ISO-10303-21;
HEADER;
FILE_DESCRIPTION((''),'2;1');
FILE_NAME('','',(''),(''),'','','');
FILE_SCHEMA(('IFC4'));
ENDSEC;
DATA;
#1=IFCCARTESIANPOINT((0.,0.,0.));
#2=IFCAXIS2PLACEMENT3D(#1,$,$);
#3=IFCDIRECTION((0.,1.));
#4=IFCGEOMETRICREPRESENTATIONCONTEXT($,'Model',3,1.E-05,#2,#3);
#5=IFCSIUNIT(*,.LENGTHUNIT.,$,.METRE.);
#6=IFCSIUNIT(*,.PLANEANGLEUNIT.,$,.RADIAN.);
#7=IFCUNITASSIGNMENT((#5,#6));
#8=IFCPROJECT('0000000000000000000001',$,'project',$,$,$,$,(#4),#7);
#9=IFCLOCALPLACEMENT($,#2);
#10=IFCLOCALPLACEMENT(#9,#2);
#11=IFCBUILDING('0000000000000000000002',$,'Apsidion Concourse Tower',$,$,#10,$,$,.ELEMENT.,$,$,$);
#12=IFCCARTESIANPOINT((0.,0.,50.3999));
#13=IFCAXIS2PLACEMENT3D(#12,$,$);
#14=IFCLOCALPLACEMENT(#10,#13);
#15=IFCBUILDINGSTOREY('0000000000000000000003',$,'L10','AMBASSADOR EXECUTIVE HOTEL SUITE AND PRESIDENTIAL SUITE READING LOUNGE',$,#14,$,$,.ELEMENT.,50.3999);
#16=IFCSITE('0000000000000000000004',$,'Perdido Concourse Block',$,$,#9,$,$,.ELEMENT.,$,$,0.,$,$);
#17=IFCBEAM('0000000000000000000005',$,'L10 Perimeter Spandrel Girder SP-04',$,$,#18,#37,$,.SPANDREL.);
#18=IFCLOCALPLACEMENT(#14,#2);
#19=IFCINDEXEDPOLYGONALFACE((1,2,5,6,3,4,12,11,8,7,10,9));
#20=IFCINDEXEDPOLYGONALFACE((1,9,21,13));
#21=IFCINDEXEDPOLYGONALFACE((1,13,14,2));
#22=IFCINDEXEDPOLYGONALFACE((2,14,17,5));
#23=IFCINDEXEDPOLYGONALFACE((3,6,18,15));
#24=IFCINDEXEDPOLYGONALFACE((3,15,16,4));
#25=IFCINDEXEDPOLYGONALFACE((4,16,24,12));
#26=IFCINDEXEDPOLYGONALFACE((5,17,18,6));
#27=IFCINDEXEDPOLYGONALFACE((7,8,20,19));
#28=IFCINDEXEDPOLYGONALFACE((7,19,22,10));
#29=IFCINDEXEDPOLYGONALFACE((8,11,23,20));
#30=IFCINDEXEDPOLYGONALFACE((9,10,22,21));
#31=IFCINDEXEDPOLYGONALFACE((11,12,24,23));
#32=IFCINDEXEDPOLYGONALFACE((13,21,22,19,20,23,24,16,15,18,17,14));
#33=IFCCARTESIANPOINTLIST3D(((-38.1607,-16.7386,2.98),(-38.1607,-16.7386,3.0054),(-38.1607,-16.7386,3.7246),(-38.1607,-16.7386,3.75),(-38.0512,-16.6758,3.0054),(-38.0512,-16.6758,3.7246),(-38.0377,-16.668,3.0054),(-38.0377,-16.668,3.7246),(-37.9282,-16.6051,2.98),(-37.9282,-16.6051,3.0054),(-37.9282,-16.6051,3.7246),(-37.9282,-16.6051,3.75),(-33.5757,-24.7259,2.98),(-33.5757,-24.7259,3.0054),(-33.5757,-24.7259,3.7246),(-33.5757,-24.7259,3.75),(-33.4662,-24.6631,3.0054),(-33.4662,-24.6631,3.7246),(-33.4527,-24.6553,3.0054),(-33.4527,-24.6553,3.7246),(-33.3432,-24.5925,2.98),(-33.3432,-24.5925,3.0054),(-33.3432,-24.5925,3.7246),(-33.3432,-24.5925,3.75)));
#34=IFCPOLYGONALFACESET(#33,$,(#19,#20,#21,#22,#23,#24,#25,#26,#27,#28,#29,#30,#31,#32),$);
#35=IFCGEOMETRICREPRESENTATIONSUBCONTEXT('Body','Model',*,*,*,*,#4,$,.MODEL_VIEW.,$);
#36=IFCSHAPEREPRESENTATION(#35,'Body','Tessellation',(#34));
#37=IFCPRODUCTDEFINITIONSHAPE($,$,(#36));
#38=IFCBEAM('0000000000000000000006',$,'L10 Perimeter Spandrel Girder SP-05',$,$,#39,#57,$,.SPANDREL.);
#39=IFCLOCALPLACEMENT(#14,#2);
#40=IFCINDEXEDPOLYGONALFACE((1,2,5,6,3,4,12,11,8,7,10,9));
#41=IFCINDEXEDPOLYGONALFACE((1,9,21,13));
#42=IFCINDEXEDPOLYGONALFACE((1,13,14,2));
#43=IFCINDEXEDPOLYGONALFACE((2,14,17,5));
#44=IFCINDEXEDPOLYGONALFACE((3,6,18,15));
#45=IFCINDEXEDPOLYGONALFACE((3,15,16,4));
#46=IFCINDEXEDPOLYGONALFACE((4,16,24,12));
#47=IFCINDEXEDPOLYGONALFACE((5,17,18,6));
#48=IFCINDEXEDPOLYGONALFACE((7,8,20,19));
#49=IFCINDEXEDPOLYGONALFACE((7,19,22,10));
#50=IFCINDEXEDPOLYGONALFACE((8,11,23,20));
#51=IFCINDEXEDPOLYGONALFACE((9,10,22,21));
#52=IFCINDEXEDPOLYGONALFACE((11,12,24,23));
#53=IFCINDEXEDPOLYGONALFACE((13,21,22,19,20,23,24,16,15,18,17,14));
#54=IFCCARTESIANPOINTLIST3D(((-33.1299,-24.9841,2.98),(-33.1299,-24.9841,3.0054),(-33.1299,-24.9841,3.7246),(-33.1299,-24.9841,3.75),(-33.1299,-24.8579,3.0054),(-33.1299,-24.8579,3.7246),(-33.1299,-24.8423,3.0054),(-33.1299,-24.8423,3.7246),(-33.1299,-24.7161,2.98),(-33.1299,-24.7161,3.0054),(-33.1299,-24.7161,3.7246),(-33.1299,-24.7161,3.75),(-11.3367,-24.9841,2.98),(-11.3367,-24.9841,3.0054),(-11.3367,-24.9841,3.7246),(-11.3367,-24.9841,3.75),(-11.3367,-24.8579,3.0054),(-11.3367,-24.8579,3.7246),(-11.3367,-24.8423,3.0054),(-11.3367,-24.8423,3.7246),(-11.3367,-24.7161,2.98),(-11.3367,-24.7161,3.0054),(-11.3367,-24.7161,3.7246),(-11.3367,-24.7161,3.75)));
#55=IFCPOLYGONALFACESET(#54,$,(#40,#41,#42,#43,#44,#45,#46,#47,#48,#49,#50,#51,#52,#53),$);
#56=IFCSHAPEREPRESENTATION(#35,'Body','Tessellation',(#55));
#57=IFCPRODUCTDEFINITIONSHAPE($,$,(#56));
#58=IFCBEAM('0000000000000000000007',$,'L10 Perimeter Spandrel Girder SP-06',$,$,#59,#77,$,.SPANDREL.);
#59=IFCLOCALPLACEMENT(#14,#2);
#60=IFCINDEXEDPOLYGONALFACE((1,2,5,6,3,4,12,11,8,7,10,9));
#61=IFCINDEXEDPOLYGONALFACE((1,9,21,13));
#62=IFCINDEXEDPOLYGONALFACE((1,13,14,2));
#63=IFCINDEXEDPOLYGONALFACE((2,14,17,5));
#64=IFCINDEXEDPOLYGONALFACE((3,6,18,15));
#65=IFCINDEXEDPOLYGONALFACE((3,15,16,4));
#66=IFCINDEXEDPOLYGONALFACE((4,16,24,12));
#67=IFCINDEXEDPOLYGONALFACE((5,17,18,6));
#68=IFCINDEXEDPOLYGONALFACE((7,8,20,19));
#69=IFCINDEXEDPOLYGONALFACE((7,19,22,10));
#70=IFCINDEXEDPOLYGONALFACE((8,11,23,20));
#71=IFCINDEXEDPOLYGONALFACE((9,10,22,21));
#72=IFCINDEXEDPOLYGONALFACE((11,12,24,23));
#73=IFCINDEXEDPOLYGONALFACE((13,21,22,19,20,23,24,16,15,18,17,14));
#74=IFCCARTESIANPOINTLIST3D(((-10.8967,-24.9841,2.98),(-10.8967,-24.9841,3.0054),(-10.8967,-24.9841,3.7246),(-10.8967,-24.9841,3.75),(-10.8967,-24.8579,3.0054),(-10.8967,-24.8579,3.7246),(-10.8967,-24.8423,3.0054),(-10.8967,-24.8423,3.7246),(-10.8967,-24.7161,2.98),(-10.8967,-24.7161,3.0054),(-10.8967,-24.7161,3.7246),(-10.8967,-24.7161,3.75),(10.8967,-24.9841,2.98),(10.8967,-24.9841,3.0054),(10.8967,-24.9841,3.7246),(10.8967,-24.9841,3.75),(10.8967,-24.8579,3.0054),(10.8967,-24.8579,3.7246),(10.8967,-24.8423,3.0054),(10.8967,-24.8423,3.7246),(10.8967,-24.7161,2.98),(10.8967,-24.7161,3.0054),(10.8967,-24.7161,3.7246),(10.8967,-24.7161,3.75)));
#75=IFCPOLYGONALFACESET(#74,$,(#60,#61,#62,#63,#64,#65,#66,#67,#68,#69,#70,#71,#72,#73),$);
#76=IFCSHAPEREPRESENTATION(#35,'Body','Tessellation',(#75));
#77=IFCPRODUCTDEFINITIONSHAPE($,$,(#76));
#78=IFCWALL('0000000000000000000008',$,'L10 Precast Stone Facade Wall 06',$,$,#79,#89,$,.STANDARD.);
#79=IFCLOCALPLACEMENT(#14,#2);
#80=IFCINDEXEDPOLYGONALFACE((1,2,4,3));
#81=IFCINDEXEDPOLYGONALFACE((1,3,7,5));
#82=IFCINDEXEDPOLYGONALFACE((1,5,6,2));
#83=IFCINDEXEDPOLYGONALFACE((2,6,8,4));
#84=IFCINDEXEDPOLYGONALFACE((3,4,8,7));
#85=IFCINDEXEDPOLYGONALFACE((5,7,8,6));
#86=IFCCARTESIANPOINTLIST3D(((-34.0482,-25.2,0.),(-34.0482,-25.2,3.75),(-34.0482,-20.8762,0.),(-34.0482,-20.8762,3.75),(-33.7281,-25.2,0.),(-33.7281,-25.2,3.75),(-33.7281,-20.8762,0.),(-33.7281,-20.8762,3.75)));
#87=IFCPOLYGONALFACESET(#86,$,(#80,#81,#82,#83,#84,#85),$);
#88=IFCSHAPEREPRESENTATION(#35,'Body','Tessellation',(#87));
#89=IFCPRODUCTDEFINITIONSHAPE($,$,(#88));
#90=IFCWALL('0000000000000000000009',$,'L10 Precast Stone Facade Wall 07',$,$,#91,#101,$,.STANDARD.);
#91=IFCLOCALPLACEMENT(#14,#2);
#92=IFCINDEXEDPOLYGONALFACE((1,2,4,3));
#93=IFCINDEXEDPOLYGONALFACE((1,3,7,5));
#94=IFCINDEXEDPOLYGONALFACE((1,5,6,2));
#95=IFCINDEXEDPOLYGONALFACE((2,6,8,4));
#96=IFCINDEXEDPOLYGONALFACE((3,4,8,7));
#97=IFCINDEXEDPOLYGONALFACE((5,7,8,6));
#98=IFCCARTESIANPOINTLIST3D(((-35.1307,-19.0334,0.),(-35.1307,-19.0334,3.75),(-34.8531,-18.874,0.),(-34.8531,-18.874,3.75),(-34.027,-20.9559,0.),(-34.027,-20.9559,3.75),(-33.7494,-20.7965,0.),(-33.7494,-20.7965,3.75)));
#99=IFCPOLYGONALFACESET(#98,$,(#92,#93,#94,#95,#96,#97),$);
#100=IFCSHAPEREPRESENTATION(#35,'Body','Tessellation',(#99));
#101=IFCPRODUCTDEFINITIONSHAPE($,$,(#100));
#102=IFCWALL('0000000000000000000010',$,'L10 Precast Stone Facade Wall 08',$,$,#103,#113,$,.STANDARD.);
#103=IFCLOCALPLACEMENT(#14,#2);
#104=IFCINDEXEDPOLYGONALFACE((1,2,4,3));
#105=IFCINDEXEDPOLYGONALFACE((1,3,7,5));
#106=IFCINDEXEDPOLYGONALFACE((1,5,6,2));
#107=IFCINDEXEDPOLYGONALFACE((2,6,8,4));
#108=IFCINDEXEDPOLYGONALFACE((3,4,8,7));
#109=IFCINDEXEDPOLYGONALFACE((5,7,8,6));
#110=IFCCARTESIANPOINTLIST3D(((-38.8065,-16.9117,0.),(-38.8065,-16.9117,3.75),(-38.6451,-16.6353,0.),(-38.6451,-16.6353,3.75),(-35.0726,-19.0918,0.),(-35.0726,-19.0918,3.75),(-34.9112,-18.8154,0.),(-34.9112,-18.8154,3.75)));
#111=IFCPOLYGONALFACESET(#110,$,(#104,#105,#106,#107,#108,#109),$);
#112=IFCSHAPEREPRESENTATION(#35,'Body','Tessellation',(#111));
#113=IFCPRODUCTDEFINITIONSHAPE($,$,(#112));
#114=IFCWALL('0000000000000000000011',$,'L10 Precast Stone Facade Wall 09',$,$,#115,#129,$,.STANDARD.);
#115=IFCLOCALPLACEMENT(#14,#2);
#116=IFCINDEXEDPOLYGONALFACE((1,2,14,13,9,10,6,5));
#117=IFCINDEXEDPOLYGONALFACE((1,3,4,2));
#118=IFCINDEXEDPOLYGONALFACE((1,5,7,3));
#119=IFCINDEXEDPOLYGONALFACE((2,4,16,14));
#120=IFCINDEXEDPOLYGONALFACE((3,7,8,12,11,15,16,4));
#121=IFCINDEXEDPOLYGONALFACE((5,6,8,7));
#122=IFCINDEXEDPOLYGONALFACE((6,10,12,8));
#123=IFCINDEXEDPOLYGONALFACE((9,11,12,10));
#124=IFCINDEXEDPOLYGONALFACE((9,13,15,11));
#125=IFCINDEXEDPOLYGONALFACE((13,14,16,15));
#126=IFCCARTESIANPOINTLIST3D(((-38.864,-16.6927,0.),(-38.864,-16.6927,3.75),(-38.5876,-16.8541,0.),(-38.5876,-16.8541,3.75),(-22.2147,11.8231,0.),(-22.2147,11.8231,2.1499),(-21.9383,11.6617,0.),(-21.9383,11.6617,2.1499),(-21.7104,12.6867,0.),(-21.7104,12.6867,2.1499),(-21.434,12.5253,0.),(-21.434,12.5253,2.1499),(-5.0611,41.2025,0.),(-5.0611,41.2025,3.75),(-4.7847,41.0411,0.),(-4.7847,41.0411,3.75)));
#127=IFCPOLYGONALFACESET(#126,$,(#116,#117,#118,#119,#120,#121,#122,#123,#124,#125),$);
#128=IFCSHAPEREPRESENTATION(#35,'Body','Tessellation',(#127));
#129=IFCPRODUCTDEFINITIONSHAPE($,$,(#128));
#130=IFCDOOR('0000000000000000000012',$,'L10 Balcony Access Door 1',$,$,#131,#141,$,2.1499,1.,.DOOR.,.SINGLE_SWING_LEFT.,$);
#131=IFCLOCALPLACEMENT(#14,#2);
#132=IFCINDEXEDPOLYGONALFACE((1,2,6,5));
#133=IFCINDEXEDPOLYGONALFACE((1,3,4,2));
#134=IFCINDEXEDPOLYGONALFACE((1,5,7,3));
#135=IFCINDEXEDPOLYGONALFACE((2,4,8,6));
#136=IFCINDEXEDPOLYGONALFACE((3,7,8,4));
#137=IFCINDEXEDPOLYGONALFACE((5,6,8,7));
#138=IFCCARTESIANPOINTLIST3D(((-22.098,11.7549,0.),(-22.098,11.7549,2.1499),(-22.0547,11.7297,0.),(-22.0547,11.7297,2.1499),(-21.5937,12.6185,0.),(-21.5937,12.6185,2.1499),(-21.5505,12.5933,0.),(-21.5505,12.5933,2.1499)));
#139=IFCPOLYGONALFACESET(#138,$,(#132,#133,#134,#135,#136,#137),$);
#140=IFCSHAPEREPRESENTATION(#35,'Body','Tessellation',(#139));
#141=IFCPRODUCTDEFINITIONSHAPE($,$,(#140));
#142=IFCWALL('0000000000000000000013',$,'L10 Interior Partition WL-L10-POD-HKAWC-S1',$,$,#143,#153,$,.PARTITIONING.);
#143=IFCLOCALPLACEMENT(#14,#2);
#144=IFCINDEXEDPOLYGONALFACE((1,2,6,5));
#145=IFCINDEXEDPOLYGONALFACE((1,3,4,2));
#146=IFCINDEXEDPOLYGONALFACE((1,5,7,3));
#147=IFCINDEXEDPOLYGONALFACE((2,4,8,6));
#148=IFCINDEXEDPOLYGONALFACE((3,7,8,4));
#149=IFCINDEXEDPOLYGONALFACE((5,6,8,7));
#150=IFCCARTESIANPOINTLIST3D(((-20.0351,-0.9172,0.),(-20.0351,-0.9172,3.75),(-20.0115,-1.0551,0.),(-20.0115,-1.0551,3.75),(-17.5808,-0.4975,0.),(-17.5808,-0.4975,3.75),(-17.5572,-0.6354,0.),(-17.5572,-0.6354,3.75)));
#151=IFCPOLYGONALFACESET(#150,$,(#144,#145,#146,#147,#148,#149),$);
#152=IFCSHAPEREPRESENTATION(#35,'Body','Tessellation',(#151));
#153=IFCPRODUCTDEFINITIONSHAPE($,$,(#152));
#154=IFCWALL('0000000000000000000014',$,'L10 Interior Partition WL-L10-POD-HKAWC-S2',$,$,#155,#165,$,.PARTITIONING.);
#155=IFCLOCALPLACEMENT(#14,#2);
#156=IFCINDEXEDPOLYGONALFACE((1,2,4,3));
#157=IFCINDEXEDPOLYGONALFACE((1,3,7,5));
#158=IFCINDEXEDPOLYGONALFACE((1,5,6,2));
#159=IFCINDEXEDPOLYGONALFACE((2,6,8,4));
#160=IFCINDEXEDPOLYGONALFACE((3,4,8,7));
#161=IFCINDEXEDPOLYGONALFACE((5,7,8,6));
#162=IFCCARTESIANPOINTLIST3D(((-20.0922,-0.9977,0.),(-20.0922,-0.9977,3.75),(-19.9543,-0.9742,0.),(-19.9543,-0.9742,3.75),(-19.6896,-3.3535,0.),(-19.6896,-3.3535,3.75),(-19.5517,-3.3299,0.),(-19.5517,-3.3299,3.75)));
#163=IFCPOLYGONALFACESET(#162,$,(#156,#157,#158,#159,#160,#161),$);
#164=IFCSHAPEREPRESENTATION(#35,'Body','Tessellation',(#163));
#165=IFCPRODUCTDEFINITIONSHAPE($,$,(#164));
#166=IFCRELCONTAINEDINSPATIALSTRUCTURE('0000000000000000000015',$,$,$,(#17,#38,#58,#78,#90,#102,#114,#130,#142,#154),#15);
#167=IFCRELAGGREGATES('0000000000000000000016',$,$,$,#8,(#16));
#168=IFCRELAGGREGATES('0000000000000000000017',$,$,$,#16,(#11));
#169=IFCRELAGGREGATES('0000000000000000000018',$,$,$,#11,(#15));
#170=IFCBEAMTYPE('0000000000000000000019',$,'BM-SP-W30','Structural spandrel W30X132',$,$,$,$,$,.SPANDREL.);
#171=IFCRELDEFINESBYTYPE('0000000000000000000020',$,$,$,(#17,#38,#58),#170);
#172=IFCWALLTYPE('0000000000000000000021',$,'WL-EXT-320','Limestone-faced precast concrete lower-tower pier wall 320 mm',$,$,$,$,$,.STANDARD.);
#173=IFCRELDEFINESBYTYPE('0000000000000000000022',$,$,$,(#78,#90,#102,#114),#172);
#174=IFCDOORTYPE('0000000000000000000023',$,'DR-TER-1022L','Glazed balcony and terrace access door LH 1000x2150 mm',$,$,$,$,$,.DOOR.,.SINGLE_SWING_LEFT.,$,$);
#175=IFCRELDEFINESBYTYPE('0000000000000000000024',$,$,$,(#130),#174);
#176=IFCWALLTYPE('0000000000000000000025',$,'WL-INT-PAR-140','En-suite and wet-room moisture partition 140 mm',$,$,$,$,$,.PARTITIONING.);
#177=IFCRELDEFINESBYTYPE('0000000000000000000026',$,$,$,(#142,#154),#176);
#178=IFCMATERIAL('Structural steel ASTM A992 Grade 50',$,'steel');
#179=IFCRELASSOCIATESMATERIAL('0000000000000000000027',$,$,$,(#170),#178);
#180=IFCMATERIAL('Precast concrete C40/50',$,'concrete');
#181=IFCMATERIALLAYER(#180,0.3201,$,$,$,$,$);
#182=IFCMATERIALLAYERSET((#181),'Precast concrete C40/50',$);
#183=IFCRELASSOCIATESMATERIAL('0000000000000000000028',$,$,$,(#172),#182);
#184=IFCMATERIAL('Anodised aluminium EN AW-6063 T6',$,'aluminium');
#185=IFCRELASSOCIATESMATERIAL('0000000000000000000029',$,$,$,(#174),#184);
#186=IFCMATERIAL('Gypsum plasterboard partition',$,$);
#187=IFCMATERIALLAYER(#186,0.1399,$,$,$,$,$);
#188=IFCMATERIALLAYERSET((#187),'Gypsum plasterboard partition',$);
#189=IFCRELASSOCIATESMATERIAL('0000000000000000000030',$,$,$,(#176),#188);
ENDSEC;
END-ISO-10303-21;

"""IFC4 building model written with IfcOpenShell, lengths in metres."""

from ifc_helpers import new_model, si_unit, direction, frame, frame_2d, origin, origin_2d, place, context, subcontext, project, spatial, rectangle, i_section, extrude, material, layer, layer_set, material_profile, profile_set, type_object, element, fill, save


model = new_model("IFC4")

# Units and contexts
model_context = context("Model", 3, precision=1e-05, world=origin(), true_north=direction((0.0, 1.0)))
body_context = subcontext(model_context, "Body", "Model", "MODEL_VIEW")
ifc_project = project(units=[si_unit("LENGTHUNIT", "METRE"), si_unit("PLANEANGLEUNIT", "RADIAN")], contexts=[model_context])

# Site, building, storey
site_placement = place(None, origin())
site = spatial("IfcSite", under=ifc_project, at=site_placement, Name="Perdido Concourse Block", CompositionType="ELEMENT", RefElevation=0.0)
building_placement = place(site_placement, origin())
building = spatial("IfcBuilding", under=site, at=building_placement, Name="Apsidion Concourse Tower", CompositionType="ELEMENT")
storey_placement = place(building_placement, frame((0.0, 0.0, 50.3999)))
storey = spatial("IfcBuildingStorey", under=building, at=storey_placement, Name="L10", Description="AMBASSADOR EXECUTIVE HOTEL SUITE AND PRESIDENTIAL SUITE READING LOUNGE", CompositionType="ELEMENT", Elevation=50.3999)

# Beams
ifc_material_1 = material(Name="Structural steel ASTM A992 Grade 50", Category="steel")
ifc_material_profile_1 = material_profile(ifc_material_1, i_section(OverallWidth=0.2681, OverallDepth=0.77, WebThickness=0.0156, FlangeThickness=0.0254, at=origin_2d()), Name="W30X132")
ifc_profile_set_1 = profile_set([ifc_material_profile_1], Name="Structural steel ASTM A992 Grade 50")
beam_type_1 = type_object("IfcBeamType", Name="BM-SP-W30", Description="Structural spandrel W30X132", PredefinedType="SPANDREL", material=ifc_profile_set_1)
beam_1_placement = place(storey_placement, frame((-38.0444, -16.6719, 3.365), z_axis=(0.497839, -0.867269, 0.0), x_axis=(0.867269, 0.497839, 0.0)))
element("IfcBeam", 1, at=beam_1_placement, inside=storey, type_object=beam_type_1, Name="L10 Perimeter Spandrel Girder SP-04", PredefinedType="SPANDREL", context=body_context, shape_type="SweptSolid", body=[
    extrude(i_section(OverallWidth=0.2681, OverallDepth=0.77, WebThickness=0.0156, FlangeThickness=0.0254, at=origin_2d()), origin(), (0.0, 0.0, 1.0), 9.2097),
])
beam_2_placement = place(storey_placement, frame((-33.1299, -24.8501, 3.365), z_axis=(1.0, 0.0, 0.0), x_axis=(0.0, 1.0, 0.0)))
element("IfcBeam", 2, at=beam_2_placement, inside=storey, type_object=beam_type_1, Name="L10 Perimeter Spandrel Girder SP-05", PredefinedType="SPANDREL", context=body_context, shape_type="SweptSolid", body=[
    extrude(i_section(OverallWidth=0.2681, OverallDepth=0.77, WebThickness=0.0156, FlangeThickness=0.0254, at=origin_2d()), origin(), (0.0, 0.0, 1.0), 21.7932),
])
beam_3_placement = place(storey_placement, frame((-10.8967, -24.8501, 3.365), z_axis=(1.0, 0.0, 0.0), x_axis=(0.0, 1.0, 0.0)))
element("IfcBeam", 3, at=beam_3_placement, inside=storey, type_object=beam_type_1, Name="L10 Perimeter Spandrel Girder SP-06", PredefinedType="SPANDREL", context=body_context, shape_type="SweptSolid", body=[
    extrude(i_section(OverallWidth=0.2681, OverallDepth=0.77, WebThickness=0.0156, FlangeThickness=0.0254, at=origin_2d()), origin(), (0.0, 0.0, 1.0), 21.7935),
])

# Walls
ifc_material_2 = material(Name="Precast concrete C40/50", Category="concrete")
ifc_layer_1 = layer(ifc_material_2, 0.3201)
ifc_layer_set_1 = layer_set([ifc_layer_1], Name="Precast concrete C40/50")
wall_type_1 = type_object("IfcWallType", Name="WL-EXT-320", Description="Limestone-faced precast concrete lower-tower pier wall 320 mm", PredefinedType="STANDARD", material=ifc_layer_set_1)
wall_1_placement = place(storey_placement, frame((-33.8882, -25.2, 0.0), z_axis=(0.0, 0.0, 1.0), x_axis=(0.0, 1.0, 0.0)))
element("IfcWall", 4, at=wall_1_placement, inside=storey, type_object=wall_type_1, Name="L10 Precast Stone Facade Wall 06", PredefinedType="STANDARD", context=body_context, shape_type="SweptSolid", body=[
    extrude(rectangle(XDim=4.3237, YDim=0.3201, at=frame_2d((2.1619, 0.0))), origin(), (0.0, 0.0, 1.0), 3.75),
])
wall_2_placement = place(storey_placement, frame((-33.8882, -20.8762, 0.0), z_axis=(0.0, 0.0, 1.0), x_axis=(-0.497881, 0.867245, 0.0)))
element("IfcWall", 5, at=wall_2_placement, inside=storey, type_object=wall_type_1, Name="L10 Precast Stone Facade Wall 07", PredefinedType="STANDARD", context=body_context, shape_type="SweptSolid", body=[
    extrude(rectangle(XDim=2.2168, YDim=0.3201, at=frame_2d((1.1084, 0.0))), origin(), (0.0, 0.0, 1.0), 3.75),
])
wall_3_placement = place(storey_placement, frame((-34.9919, -18.9536, 0.0), z_axis=(0.0, 0.0, 1.0), x_axis=(-0.86357, 0.504229, 0.0)))
element("IfcWall", 6, at=wall_3_placement, inside=storey, type_object=wall_type_1, Name="L10 Precast Stone Facade Wall 08", PredefinedType="STANDARD", context=body_context, shape_type="SweptSolid", body=[
    extrude(rectangle(XDim=4.3237, YDim=0.3201, at=frame_2d((2.1619, 0.0))), origin(), (0.0, 0.0, 1.0), 3.75),
])

# Wall, opening, door
wall_4_placement = place(storey_placement, frame((-38.7258, -16.7734, 0.0), z_axis=(0.0, 0.0, 1.0), x_axis=(0.504213, 0.863579, 0.0)))
wall_4 = element("IfcWall", 7, at=wall_4_placement, inside=storey, type_object=wall_type_1, Name="L10 Precast Stone Facade Wall 09", PredefinedType="STANDARD", context=body_context, shape_type="SweptSolid", body=[
    extrude(rectangle(XDim=67.041, YDim=0.3201, at=frame_2d((33.5205, 0.0))), origin(), (0.0, 0.0, 1.0), 3.75),
])
opening_1_placement = place(wall_4_placement, frame((33.0205, 0.0, 0.0)))
opening_1 = element("IfcOpeningElement", 8, at=opening_1_placement, cuts=wall_4, PredefinedType="OPENING", context=body_context, shape_type="SweptSolid", body=[
    extrude(rectangle(XDim=1.0, YDim=2.1499, at=frame_2d((0.5, 1.075))), frame((0.0, 0.1699, 0.0), z_axis=(0.0, -1.0, 0.0), x_axis=(1.0, 0.0, 0.0)), (0.0, 0.0, 1.0), 0.3401),
])
ifc_material_3 = material(Name="Anodised aluminium EN AW-6063 T6", Category="aluminium")
door_type_1 = type_object("IfcDoorType", Name="DR-TER-1022L", Description="Glazed balcony and terrace access door LH 1000x2150 mm", OperationType="SINGLE_SWING_LEFT", PredefinedType="DOOR", material=ifc_material_3)
door_1_placement = place(opening_1_placement, origin())
door_1 = element("IfcDoor", 9, at=door_1_placement, inside=storey, type_object=door_type_1, Name="L10 Balcony Access Door 1", OperationType="SINGLE_SWING_LEFT", OverallHeight=2.1499, OverallWidth=1.0, PredefinedType="DOOR", context=body_context, shape_type="SweptSolid", body=[
    extrude(rectangle(XDim=1.0, YDim=2.1499, at=frame_2d((0.5, 1.075))), frame((0.0, 0.0249, 0.0), z_axis=(0.0, -1.0, 0.0), x_axis=(1.0, 0.0, 0.0)), (0.0, 0.0, 1.0), 0.05),
])
fill(opening_1, door_1)

# Walls
ifc_material_4 = material(Name="Gypsum plasterboard partition")
ifc_layer_2 = layer(ifc_material_4, 0.1399)
ifc_layer_set_2 = layer_set([ifc_layer_2], Name="Gypsum plasterboard partition")
wall_type_2 = type_object("IfcWallType", Name="WL-INT-PAR-140", Description="En-suite and wet-room moisture partition 140 mm", PredefinedType="PARTITIONING", material=ifc_layer_set_2)
wall_5_placement = place(storey_placement, frame((-17.5688, -0.5664, 0.0), z_axis=(0.0, 0.0, 1.0), x_axis=(-0.985694, -0.168547, 0.0)))
element("IfcWall", 10, at=wall_5_placement, inside=storey, type_object=wall_type_2, Name="L10 Interior Partition WL-L10-POD-HKAWC-S1", PredefinedType="PARTITIONING", context=body_context, shape_type="SweptSolid", body=[
    extrude(rectangle(XDim=2.49, YDim=0.1399, at=frame_2d((1.2451, 0.0))), origin(), (0.0, 0.0, 1.0), 3.75),
])
wall_6_placement = place(storey_placement, frame((-20.0232, -0.9861, 0.0), z_axis=(0.0, 0.0, 1.0), x_axis=(0.168456, -0.985709, 0.0)))
element("IfcWall", 11, at=wall_6_placement, inside=storey, type_object=wall_type_2, Name="L10 Interior Partition WL-L10-POD-HKAWC-S2", PredefinedType="PARTITIONING", context=body_context, shape_type="SweptSolid", body=[
    extrude(rectangle(XDim=2.3899, YDim=0.1399, at=frame_2d((1.1948, 0.0))), origin(), (0.0, 0.0, 1.0), 3.75),
])

save(model, "model.ifc")
